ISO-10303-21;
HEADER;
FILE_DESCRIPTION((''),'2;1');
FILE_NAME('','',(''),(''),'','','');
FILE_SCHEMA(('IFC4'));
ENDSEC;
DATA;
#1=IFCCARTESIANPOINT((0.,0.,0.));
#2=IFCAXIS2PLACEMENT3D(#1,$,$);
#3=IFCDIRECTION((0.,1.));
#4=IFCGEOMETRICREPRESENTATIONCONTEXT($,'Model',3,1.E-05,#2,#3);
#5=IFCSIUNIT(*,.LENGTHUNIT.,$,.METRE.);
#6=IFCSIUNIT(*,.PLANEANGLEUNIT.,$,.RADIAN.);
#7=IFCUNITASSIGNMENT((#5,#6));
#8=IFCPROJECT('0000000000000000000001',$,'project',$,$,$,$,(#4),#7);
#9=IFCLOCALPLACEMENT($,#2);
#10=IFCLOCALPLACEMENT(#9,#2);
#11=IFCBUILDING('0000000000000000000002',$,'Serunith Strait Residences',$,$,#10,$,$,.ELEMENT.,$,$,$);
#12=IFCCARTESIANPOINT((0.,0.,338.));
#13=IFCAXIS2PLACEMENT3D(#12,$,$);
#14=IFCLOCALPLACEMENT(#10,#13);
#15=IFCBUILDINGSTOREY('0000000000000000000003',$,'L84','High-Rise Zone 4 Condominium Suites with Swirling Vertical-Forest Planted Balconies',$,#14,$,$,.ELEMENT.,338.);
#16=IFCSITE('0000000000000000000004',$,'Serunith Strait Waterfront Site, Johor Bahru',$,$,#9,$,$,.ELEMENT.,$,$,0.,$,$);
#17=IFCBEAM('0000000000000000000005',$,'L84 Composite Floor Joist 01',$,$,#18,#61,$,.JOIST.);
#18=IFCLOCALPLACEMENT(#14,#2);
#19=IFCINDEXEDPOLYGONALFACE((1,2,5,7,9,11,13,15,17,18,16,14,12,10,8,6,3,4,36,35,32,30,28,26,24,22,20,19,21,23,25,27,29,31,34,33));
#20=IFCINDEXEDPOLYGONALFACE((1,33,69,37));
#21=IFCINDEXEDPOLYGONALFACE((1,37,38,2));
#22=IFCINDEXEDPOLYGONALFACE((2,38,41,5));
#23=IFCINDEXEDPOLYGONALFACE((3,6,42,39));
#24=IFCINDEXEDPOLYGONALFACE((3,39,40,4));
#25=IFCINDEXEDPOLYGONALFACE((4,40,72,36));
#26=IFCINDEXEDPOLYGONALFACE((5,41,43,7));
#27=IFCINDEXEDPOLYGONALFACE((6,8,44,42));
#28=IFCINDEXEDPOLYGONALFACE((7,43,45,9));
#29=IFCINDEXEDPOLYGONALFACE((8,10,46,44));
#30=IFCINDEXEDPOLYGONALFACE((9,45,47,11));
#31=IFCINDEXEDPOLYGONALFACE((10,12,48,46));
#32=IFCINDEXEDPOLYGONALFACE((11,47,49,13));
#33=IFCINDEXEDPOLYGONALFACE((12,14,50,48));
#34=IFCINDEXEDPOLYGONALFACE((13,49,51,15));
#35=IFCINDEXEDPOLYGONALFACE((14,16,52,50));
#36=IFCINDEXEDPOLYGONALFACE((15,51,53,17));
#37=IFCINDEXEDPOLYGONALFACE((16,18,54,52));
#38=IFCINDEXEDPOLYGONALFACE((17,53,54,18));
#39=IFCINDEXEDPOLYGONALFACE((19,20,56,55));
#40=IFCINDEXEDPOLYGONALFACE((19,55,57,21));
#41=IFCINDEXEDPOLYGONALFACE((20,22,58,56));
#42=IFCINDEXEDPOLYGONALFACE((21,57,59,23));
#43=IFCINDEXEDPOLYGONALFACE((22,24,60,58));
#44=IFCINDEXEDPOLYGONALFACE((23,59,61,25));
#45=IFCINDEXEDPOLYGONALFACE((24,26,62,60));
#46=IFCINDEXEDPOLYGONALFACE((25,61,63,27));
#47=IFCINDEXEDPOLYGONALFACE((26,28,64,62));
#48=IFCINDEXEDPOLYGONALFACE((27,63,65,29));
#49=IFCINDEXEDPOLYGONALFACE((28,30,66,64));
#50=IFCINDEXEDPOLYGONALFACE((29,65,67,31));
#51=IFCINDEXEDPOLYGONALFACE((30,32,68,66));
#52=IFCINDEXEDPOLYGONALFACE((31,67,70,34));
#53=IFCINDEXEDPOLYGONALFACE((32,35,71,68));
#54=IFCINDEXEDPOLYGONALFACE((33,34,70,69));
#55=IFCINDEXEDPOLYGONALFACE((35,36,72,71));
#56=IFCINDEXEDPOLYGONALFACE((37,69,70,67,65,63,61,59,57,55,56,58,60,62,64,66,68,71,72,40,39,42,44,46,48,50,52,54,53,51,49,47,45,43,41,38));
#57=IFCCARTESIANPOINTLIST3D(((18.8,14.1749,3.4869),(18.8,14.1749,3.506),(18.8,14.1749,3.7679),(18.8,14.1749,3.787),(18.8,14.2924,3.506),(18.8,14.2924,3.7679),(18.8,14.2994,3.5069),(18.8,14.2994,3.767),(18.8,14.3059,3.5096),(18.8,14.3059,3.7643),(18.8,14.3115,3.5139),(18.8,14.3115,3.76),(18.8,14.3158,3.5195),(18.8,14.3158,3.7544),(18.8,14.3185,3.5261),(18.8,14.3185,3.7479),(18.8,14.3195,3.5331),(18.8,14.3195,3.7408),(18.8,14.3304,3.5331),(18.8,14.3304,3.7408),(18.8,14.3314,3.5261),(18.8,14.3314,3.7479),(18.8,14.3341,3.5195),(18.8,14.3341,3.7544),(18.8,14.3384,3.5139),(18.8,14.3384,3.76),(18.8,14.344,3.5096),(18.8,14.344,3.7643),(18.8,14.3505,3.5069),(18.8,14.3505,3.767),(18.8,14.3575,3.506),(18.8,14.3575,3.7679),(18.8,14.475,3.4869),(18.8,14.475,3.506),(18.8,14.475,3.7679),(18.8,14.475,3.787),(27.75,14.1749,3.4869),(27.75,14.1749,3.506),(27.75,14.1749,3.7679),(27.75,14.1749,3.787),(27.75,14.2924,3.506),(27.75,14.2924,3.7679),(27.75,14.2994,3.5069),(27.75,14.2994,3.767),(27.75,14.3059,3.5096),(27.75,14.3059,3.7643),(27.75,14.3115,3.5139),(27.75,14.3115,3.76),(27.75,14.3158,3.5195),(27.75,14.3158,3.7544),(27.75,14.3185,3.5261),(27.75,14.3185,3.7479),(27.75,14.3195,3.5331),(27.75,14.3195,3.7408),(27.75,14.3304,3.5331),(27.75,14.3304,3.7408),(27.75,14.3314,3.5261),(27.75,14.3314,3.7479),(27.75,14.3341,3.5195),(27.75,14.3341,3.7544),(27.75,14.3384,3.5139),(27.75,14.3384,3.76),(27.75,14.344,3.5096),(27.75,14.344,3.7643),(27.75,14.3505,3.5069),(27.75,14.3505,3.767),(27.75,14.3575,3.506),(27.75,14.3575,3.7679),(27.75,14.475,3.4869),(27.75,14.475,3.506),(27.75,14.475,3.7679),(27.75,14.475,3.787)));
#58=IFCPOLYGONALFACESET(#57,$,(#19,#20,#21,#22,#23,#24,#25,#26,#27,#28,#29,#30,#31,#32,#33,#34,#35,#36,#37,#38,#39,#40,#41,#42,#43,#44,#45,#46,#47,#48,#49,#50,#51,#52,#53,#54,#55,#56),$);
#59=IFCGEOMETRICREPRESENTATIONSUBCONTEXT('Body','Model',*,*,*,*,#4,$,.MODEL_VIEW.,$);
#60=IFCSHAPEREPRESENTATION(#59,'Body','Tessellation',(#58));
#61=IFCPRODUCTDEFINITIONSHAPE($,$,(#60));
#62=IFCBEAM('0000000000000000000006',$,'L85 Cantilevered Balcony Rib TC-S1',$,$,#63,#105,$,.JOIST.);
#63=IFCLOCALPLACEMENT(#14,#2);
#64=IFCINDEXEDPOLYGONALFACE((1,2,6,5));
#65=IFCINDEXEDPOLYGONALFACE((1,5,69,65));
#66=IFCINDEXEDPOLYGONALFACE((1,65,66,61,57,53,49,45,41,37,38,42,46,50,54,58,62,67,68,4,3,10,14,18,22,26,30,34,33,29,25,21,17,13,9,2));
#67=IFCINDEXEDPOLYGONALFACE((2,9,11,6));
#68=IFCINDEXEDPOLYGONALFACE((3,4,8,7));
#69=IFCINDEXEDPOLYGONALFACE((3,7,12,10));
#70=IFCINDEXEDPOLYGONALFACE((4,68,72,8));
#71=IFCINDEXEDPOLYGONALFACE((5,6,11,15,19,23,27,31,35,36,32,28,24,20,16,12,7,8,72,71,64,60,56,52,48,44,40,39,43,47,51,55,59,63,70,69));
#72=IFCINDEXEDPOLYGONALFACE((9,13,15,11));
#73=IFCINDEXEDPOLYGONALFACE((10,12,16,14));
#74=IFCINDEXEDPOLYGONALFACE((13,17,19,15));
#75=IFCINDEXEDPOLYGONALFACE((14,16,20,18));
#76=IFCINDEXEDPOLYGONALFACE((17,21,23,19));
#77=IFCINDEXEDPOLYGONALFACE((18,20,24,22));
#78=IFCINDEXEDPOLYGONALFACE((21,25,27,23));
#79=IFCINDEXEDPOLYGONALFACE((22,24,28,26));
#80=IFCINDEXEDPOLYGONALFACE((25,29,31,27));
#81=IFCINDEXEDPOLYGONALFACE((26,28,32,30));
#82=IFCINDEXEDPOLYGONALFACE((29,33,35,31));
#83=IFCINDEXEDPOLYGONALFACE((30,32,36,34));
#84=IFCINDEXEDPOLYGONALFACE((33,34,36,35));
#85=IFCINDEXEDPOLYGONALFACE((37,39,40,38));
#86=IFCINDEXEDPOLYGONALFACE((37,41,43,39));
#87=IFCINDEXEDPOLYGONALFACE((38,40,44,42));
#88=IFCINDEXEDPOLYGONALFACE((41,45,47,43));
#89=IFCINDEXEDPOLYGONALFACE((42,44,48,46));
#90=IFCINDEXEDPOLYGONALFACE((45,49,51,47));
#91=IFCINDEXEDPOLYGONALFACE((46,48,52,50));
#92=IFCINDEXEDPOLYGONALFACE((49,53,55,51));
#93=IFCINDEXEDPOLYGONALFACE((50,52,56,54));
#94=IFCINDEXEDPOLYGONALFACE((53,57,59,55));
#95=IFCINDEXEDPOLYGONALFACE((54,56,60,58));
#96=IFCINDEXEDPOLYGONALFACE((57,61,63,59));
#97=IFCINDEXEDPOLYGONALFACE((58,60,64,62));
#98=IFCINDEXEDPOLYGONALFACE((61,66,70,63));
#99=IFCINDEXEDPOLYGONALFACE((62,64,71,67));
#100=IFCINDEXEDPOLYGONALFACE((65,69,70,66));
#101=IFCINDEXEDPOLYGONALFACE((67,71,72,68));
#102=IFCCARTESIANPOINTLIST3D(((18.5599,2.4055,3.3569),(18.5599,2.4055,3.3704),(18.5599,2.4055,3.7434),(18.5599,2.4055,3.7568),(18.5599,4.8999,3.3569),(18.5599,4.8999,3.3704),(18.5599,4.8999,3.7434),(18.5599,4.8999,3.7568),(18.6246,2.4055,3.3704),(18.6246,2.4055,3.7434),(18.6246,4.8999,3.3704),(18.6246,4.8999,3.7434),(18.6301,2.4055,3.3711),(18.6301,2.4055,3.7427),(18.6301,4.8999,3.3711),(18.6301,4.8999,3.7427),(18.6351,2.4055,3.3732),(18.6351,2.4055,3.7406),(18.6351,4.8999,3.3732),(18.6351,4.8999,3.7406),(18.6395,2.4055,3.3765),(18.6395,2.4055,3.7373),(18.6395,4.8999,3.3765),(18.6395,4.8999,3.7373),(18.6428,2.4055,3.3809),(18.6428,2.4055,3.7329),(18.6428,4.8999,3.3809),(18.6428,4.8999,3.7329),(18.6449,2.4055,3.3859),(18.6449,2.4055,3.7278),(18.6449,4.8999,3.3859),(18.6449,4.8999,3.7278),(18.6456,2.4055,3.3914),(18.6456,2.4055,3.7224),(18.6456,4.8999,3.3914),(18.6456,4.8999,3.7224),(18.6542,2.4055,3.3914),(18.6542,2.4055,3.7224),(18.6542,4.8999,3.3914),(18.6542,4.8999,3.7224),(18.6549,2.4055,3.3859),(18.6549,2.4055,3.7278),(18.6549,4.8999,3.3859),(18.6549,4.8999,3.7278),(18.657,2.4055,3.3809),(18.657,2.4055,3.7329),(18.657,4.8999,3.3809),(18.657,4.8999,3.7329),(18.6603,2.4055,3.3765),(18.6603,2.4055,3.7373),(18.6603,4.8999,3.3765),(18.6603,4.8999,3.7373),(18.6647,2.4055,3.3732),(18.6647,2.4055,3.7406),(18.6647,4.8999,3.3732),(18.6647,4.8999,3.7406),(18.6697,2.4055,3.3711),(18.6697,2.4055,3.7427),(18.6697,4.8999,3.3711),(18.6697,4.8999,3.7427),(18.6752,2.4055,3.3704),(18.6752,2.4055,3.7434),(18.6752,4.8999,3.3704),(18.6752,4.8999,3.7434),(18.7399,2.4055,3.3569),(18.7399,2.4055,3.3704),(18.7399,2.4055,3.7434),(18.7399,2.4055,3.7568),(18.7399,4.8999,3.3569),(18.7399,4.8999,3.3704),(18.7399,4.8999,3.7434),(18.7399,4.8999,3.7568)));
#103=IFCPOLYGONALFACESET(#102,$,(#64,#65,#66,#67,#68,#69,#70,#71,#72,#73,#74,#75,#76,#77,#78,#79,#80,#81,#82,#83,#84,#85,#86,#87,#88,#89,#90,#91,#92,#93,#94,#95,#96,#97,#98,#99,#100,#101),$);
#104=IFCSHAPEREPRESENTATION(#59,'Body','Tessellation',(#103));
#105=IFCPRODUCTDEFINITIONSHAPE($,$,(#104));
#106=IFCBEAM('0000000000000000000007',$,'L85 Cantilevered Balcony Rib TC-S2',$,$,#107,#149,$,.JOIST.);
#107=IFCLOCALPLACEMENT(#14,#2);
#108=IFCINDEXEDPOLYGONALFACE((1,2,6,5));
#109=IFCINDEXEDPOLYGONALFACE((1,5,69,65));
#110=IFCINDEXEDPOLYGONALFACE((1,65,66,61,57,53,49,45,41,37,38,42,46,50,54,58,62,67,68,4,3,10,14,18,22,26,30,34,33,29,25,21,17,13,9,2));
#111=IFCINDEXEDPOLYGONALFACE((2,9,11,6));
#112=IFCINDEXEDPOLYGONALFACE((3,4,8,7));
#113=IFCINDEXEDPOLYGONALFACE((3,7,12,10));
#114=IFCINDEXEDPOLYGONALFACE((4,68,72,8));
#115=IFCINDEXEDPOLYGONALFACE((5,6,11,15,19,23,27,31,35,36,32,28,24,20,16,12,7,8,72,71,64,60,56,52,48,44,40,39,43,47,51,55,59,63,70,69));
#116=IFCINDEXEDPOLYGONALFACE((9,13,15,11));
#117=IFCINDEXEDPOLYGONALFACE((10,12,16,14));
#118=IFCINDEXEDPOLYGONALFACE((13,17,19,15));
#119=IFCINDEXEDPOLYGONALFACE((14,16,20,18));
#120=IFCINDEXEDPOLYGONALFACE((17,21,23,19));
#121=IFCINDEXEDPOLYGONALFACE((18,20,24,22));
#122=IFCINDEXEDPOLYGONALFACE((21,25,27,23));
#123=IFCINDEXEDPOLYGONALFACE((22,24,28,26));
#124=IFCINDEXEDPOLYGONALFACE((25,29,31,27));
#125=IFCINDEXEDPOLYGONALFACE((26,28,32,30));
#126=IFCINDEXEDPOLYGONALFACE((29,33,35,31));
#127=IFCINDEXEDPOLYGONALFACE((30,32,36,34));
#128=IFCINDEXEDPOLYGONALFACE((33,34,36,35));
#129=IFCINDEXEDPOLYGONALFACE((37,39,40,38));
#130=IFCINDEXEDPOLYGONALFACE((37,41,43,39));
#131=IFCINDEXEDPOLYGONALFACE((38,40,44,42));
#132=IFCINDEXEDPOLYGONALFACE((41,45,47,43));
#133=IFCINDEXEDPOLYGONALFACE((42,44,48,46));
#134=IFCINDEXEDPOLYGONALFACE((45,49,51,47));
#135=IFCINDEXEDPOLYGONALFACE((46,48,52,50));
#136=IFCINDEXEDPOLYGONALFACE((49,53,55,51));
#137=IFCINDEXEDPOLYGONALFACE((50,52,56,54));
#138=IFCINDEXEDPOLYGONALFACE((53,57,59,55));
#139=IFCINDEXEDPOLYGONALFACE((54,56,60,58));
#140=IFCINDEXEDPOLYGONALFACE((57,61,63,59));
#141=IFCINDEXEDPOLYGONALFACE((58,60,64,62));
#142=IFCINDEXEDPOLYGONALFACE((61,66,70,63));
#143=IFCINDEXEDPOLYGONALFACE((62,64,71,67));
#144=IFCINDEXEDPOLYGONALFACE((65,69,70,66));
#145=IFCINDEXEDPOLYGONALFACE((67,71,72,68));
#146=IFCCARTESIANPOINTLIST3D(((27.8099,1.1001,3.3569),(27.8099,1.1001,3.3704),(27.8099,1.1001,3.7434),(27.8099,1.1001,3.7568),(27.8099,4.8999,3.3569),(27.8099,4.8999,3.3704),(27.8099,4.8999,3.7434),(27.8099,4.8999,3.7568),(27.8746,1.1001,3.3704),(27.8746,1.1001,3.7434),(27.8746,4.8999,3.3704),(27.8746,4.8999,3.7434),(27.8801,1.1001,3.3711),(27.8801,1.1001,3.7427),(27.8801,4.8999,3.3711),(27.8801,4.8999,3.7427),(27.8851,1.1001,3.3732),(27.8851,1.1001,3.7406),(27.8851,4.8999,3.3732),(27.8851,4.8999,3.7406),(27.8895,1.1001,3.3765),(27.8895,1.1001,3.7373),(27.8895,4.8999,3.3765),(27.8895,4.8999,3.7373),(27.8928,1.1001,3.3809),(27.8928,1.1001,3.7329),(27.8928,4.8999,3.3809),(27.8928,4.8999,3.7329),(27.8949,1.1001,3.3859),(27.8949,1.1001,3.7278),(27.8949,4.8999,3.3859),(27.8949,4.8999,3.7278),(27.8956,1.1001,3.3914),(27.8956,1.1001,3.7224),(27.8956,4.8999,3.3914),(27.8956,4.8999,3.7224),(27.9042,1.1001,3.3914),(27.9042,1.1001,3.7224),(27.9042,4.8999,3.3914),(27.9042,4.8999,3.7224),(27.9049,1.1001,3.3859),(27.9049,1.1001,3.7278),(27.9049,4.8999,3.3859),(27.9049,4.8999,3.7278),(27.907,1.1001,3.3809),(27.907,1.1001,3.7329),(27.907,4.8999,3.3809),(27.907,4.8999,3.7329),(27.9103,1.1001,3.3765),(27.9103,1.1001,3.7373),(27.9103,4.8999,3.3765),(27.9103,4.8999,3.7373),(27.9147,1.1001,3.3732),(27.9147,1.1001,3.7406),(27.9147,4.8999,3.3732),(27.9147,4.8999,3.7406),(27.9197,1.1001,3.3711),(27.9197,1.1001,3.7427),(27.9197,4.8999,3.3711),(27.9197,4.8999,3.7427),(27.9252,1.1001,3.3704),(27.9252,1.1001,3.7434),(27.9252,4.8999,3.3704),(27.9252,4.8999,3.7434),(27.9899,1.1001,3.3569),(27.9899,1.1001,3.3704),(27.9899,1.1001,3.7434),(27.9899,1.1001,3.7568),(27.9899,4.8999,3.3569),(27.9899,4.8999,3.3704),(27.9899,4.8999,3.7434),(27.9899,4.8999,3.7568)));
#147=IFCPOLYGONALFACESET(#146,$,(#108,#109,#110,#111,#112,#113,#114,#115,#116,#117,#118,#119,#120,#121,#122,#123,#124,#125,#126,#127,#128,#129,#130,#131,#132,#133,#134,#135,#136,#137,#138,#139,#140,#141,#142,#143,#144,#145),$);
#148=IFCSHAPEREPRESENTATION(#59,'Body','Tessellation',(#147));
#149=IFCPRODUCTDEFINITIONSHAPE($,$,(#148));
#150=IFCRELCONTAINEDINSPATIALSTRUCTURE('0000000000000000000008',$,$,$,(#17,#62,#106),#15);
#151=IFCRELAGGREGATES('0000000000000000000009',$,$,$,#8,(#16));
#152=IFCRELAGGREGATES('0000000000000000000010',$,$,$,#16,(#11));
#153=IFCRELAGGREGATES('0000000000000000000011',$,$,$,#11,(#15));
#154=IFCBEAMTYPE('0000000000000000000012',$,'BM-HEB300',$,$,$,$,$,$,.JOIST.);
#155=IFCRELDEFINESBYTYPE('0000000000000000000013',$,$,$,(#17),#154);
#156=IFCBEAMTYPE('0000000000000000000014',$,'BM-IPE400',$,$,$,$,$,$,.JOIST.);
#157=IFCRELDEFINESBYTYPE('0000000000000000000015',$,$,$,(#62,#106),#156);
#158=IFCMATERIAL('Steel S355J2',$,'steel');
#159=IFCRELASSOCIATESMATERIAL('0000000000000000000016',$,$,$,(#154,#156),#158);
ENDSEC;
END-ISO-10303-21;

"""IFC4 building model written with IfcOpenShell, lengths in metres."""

from ifc_helpers import new_model, si_unit, direction, frame, origin, origin_2d, place, context, subcontext, project, spatial, i_section, extrude, source, transform, mapped, material, material_profile, profile_set, type_object, element, save


model = new_model("IFC4")

# Units and contexts
model_context = context("Model", 3, precision=1e-05, world=origin(), true_north=direction((0.0, 1.0)))
body_context = subcontext(model_context, "Body", "Model", "MODEL_VIEW")
ifc_project = project(units=[si_unit("LENGTHUNIT", "METRE"), si_unit("PLANEANGLEUNIT", "RADIAN")], contexts=[model_context])

# Site, building, storey
site_placement = place(None, origin())
site = spatial("IfcSite", under=ifc_project, at=site_placement, Name="Serunith Strait Waterfront Site, Johor Bahru", CompositionType="ELEMENT", RefElevation=0.0)
building_placement = place(site_placement, origin())
building = spatial("IfcBuilding", under=site, at=building_placement, Name="Serunith Strait Residences", CompositionType="ELEMENT")
storey_placement = place(building_placement, frame((0.0, 0.0, 338.0)))
storey = spatial("IfcBuildingStorey", under=building, at=storey_placement, Name="L84", Description="High-Rise Zone 4 Condominium Suites with Swirling Vertical-Forest Planted Balconies", CompositionType="ELEMENT", Elevation=338.0)

# Beams
ifc_material_1 = material(Name="Steel S355J2", Category="steel")
ifc_material_profile_1 = material_profile(ifc_material_1, i_section(OverallWidth=0.3, OverallDepth=0.3, WebThickness=0.011, FlangeThickness=0.019, FilletRadius=0.0271, at=origin_2d()), Name="HEB 300")
ifc_profile_set_1 = profile_set([ifc_material_profile_1], Name="Steel S355J2")
beam_type_1 = type_object("IfcBeamType", Name="BM-HEB300", PredefinedType="JOIST", material=ifc_profile_set_1)
shared_shape_1 = source(origin(), body_context, "Body", "SweptSolid", [
    extrude(i_section(OverallWidth=0.3, OverallDepth=0.3, WebThickness=0.011, FlangeThickness=0.019, FilletRadius=0.0271, at=origin_2d()), origin(), (0.0, 0.0, 1.0), 8.95),
])
beam_1_placement = place(storey_placement, frame((18.8, 14.325, 3.637), z_axis=(1.0, 0.0, 0.0), x_axis=(0.0, 1.0, 0.0)))
element("IfcBeam", 1, at=beam_1_placement, inside=storey, type_object=beam_type_1, Name="L84 Composite Floor Joist 01", PredefinedType="JOIST", context=body_context, shape_type="MappedRepresentation", body=[
    mapped(shared_shape_1, transform((0.0, 0.0, 0.0), scale=1.0)),
])
ifc_material_profile_2 = material_profile(ifc_material_1, i_section(OverallWidth=0.1799, OverallDepth=0.3999, WebThickness=0.0085, FlangeThickness=0.0134, FilletRadius=0.021, at=origin_2d()), Name="IPE 400")
ifc_profile_set_2 = profile_set([ifc_material_profile_2], Name="Steel S355J2")
beam_type_2 = type_object("IfcBeamType", Name="BM-IPE400", PredefinedType="JOIST", material=ifc_profile_set_2)
shared_shape_2 = source(origin(), body_context, "Body", "SweptSolid", [
    extrude(i_section(OverallWidth=0.1799, OverallDepth=0.3999, WebThickness=0.0085, FlangeThickness=0.0134, FilletRadius=0.021, at=origin_2d()), origin(), (0.0, 0.0, 1.0), 2.4944),
])
beam_2_placement = place(storey_placement, frame((18.6499, 4.8999, 3.5569), z_axis=(0.0, -1.0, 0.0), x_axis=(1.0, 0.0, 0.0)))
element("IfcBeam", 2, at=beam_2_placement, inside=storey, type_object=beam_type_2, Name="L85 Cantilevered Balcony Rib TC-S1", PredefinedType="JOIST", context=body_context, shape_type="MappedRepresentation", body=[
    mapped(shared_shape_2, transform((0.0, 0.0, 0.0), scale=1.0)),
])
shared_shape_3 = source(origin(), body_context, "Body", "SweptSolid", [
    extrude(i_section(OverallWidth=0.1799, OverallDepth=0.3999, WebThickness=0.0085, FlangeThickness=0.0134, FilletRadius=0.021, at=origin_2d()), origin(), (0.0, 0.0, 1.0), 3.7998),
])
beam_3_placement = place(storey_placement, frame((27.8999, 4.8999, 3.5569), z_axis=(0.0, -1.0, 0.0), x_axis=(1.0, 0.0, 0.0)))
element("IfcBeam", 3, at=beam_3_placement, inside=storey, type_object=beam_type_2, Name="L85 Cantilevered Balcony Rib TC-S2", PredefinedType="JOIST", context=body_context, shape_type="MappedRepresentation", body=[
    mapped(shared_shape_3, transform((0.0, 0.0, 0.0), scale=1.0)),
])

save(model, "model.ifc")
